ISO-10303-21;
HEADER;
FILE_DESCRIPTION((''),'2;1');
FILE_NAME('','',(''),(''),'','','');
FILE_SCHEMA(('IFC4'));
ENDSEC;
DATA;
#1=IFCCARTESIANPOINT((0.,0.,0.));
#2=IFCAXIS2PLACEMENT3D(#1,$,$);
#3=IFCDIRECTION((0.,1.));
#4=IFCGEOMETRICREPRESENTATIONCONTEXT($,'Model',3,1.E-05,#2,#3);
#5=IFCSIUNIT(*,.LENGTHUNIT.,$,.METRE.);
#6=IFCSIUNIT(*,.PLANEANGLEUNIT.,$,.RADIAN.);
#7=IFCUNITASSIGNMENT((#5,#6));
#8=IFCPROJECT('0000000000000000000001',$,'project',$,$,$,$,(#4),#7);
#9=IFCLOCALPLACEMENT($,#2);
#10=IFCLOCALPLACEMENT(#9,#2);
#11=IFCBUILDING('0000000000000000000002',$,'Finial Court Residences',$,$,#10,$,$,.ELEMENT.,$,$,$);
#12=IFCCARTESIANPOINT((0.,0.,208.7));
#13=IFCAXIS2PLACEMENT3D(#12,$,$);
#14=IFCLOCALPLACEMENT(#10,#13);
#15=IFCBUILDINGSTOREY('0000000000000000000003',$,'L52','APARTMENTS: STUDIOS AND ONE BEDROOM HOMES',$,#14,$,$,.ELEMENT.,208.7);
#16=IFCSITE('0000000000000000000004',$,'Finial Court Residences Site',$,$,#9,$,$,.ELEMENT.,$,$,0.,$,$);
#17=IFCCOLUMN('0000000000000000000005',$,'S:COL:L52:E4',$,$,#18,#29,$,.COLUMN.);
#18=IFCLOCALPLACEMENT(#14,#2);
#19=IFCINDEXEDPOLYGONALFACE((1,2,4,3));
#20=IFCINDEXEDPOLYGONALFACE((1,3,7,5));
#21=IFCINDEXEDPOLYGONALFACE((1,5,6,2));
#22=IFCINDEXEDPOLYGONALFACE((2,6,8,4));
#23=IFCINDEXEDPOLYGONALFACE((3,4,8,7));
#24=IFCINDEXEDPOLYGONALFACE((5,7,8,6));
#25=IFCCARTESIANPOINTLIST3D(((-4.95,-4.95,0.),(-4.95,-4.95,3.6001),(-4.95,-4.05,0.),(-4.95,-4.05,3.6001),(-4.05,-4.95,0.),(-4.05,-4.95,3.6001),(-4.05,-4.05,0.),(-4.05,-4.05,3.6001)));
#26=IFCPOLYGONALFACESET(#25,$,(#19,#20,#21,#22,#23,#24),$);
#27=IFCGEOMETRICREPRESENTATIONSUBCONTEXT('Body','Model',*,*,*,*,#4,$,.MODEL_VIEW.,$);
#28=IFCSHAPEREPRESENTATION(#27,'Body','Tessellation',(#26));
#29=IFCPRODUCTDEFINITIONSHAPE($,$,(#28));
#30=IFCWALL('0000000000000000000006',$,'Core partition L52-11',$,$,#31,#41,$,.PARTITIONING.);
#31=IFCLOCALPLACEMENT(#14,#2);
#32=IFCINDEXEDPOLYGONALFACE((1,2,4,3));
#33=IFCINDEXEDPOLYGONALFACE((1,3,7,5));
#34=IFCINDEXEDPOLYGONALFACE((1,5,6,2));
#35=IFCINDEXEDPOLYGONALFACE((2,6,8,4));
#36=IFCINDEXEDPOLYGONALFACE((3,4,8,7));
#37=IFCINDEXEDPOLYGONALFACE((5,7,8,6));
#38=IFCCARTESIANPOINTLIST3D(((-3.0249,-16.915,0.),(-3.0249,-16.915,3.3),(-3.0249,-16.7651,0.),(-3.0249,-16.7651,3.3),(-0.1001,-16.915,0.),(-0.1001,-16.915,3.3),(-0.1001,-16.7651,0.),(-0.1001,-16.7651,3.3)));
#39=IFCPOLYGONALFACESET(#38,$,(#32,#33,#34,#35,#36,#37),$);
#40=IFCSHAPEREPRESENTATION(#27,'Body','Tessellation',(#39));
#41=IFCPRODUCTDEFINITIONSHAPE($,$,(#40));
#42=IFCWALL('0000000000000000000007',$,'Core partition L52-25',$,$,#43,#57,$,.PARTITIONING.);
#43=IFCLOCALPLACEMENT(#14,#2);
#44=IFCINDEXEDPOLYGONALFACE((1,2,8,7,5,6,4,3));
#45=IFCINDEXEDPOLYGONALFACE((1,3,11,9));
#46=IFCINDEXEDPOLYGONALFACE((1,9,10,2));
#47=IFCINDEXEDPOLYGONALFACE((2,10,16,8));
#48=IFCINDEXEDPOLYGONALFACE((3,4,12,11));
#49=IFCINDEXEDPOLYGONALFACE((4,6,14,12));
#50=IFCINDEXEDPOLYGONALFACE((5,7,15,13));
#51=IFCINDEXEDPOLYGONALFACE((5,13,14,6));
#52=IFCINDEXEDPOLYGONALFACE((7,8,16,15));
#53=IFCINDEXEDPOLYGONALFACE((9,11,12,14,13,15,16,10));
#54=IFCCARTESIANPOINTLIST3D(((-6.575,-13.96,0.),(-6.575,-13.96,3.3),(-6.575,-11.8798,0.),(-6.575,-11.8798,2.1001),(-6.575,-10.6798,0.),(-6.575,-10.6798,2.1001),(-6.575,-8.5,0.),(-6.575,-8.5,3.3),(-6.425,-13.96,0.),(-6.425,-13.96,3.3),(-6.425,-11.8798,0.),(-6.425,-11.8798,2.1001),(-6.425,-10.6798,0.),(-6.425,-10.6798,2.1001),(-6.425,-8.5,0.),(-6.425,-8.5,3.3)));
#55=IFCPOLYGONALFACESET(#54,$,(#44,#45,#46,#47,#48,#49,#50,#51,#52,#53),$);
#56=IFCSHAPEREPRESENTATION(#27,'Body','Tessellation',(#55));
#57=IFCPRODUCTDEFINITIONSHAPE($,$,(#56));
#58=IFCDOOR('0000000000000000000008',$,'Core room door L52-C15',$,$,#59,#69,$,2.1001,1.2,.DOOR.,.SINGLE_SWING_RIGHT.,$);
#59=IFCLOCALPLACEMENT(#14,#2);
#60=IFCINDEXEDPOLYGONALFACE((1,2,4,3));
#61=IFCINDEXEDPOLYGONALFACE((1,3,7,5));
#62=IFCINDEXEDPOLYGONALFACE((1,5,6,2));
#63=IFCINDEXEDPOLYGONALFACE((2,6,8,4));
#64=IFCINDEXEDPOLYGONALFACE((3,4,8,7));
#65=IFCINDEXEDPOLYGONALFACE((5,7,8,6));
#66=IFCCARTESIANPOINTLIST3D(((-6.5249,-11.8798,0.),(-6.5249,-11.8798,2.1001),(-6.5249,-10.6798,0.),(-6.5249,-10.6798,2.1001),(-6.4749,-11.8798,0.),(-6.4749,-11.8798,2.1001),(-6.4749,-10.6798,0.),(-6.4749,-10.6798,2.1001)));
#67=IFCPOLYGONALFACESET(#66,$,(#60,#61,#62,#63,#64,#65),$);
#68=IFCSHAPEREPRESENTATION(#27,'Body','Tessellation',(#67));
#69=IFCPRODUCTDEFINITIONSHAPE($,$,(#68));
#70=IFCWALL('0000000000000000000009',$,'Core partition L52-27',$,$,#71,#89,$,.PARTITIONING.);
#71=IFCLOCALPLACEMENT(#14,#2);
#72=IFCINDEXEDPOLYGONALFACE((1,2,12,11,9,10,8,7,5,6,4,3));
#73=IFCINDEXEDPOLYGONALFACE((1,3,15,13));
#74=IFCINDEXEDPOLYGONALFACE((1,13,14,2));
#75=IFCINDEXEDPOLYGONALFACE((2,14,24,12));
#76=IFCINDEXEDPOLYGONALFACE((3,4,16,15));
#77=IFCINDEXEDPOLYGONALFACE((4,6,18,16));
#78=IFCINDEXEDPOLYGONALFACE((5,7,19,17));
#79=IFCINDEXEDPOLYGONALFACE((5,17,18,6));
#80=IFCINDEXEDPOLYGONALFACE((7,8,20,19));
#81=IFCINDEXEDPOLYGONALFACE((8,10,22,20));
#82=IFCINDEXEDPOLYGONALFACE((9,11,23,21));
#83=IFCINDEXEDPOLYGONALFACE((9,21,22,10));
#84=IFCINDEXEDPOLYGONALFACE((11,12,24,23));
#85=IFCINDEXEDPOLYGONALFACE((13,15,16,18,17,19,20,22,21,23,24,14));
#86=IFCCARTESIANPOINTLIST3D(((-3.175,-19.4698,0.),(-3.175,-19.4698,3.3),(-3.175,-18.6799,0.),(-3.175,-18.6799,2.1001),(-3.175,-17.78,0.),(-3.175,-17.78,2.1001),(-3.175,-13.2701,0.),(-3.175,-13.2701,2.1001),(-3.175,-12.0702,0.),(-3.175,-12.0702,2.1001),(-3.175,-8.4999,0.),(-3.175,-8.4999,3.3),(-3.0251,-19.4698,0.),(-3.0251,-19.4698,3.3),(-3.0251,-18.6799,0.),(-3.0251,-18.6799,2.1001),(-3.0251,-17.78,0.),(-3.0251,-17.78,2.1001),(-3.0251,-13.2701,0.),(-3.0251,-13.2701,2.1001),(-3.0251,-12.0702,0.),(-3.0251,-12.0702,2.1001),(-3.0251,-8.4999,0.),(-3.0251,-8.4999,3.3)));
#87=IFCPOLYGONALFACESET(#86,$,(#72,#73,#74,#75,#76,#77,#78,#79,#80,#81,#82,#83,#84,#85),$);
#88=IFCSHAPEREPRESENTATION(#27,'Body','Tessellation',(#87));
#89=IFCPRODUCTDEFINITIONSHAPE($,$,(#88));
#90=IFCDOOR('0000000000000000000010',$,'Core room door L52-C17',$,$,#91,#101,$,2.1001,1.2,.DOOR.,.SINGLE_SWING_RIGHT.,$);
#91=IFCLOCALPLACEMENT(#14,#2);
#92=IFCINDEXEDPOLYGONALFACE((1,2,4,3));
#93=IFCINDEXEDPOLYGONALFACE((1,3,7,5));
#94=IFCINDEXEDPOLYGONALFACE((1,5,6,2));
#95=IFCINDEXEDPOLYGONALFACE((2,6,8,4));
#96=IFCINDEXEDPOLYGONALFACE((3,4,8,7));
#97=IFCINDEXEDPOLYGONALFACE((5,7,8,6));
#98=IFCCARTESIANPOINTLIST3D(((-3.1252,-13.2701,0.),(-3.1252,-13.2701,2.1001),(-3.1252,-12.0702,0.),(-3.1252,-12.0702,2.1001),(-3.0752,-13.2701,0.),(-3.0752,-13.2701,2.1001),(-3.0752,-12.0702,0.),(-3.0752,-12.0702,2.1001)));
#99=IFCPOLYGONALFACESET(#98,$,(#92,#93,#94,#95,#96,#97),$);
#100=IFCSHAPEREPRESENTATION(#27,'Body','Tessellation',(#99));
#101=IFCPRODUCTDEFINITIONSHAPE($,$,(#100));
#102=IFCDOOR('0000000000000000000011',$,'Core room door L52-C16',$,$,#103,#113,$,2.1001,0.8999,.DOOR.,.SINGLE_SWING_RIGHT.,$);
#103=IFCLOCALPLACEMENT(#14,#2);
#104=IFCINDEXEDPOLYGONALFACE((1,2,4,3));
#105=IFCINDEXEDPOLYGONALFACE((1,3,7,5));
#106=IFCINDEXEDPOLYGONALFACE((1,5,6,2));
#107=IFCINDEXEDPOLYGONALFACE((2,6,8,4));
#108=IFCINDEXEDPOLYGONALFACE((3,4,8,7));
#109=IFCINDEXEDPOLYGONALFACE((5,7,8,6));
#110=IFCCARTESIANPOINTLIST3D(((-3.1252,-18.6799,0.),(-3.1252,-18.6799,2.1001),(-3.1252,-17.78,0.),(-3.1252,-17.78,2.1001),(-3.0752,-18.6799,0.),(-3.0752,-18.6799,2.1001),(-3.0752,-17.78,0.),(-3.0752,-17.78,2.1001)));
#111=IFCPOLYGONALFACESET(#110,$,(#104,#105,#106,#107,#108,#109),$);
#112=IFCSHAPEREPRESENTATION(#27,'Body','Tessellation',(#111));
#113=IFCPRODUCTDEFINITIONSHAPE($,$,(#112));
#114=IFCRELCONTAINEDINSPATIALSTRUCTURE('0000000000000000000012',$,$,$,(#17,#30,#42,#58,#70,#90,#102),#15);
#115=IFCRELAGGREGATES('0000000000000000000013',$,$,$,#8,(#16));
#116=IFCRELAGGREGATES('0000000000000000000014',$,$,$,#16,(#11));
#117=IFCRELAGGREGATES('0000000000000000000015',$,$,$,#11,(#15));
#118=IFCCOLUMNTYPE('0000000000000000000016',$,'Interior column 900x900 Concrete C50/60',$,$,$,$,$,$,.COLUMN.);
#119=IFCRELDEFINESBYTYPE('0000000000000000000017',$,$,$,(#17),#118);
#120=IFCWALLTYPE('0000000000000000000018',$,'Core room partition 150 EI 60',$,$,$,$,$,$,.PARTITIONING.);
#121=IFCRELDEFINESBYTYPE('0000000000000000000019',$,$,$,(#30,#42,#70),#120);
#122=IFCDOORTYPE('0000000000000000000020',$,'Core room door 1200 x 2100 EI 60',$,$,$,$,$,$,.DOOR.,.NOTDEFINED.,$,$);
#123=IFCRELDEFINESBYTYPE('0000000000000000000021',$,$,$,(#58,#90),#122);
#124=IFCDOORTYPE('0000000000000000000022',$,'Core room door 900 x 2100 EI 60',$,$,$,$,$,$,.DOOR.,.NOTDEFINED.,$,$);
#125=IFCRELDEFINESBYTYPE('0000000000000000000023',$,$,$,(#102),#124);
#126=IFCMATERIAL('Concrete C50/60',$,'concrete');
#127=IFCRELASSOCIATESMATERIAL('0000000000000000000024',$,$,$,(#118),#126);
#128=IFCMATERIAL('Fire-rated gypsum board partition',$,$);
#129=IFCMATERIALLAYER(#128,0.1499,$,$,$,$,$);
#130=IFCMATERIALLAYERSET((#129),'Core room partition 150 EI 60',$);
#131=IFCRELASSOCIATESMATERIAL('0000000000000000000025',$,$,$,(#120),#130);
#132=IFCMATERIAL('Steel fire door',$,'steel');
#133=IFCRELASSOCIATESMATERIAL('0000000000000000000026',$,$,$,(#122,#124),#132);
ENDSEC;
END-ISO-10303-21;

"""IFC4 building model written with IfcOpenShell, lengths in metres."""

from ifc_helpers import new_model, si_unit, direction, frame, frame_2d, origin, origin_2d, place, context, subcontext, project, spatial, rectangle, extrude, material, layer, layer_set, material_profile, profile_set, type_object, element, fill, save


model = new_model("IFC4")

# Units and contexts
model_context = context("Model", 3, precision=1e-05, world=origin(), true_north=direction((0.0, 1.0)))
body_context = subcontext(model_context, "Body", "Model", "MODEL_VIEW")
ifc_project = project(units=[si_unit("LENGTHUNIT", "METRE"), si_unit("PLANEANGLEUNIT", "RADIAN")], contexts=[model_context])

# Site, building, storey
site_placement = place(None, origin())
site = spatial("IfcSite", under=ifc_project, at=site_placement, Name="Finial Court Residences Site", CompositionType="ELEMENT", RefElevation=0.0)
building_placement = place(site_placement, origin())
building = spatial("IfcBuilding", under=site, at=building_placement, Name="Finial Court Residences", CompositionType="ELEMENT")
storey_placement = place(building_placement, frame((0.0, 0.0, 208.7)))
storey = spatial("IfcBuildingStorey", under=building, at=storey_placement, Name="L52", Description="APARTMENTS: STUDIOS AND ONE BEDROOM HOMES", CompositionType="ELEMENT", Elevation=208.7)

# Column
ifc_material_1 = material(Name="Concrete C50/60", Category="concrete")
ifc_material_profile = material_profile(ifc_material_1, rectangle(XDim=0.8999, YDim=0.8999, at=origin_2d()), Name="900x900")
ifc_profile_set = profile_set([ifc_material_profile], Name="Concrete C50/60")
column_type = type_object("IfcColumnType", Name="Interior column 900x900 Concrete C50/60", PredefinedType="COLUMN", material=ifc_profile_set)
column_placement = place(storey_placement, frame((-4.5, -4.5, 0.0), z_axis=(0.0, 0.0, 1.0), x_axis=(1.0, 0.0, 0.0)))
element("IfcColumn", 1, at=column_placement, inside=storey, type_object=column_type, Name="S:COL:L52:E4", PredefinedType="COLUMN", context=body_context, shape_type="SweptSolid", body=[
    extrude(rectangle(XDim=0.8999, YDim=0.8999, at=origin_2d()), origin(), (0.0, 0.0, 1.0), 3.6001),
])

# Wall
ifc_material_2 = material(Name="Fire-rated gypsum board partition")
ifc_layer_1 = layer(ifc_material_2, 0.1499)
ifc_layer_set_1 = layer_set([ifc_layer_1], Name="Core room partition 150 EI 60")
wall_type_1 = type_object("IfcWallType", Name="Core room partition 150 EI 60", PredefinedType="PARTITIONING", material=ifc_layer_set_1)
wall_1_placement = place(storey_placement, frame((-3.0249, -16.8401, 0.0), z_axis=(0.0, 0.0, 1.0), x_axis=(1.0, 0.0, 0.0)))
element("IfcWall", 2, at=wall_1_placement, inside=storey, type_object=wall_type_1, Name="Core partition L52-11", PredefinedType="PARTITIONING", context=body_context, shape_type="SweptSolid", body=[
    extrude(rectangle(XDim=2.9248, YDim=0.1499, at=frame_2d((1.4624, 0.0))), origin(), (0.0, 0.0, 1.0), 3.3),
])

# Wall, opening, door
wall_2_placement = place(storey_placement, frame((-6.5, -13.96, 0.0), z_axis=(0.0, 0.0, 1.0), x_axis=(0.0, 1.0, 0.0)))
wall_2 = element("IfcWall", 3, at=wall_2_placement, inside=storey, type_object=wall_type_1, Name="Core partition L52-25", PredefinedType="PARTITIONING", context=body_context, shape_type="SweptSolid", body=[
    extrude(rectangle(XDim=5.46, YDim=0.1499, at=frame_2d((2.73, 0.0))), origin(), (0.0, 0.0, 1.0), 3.3),
])
opening_1_placement = place(wall_2_placement, frame((2.0801, 0.0, 0.0)))
opening_1 = element("IfcOpeningElement", 4, at=opening_1_placement, cuts=wall_2, PredefinedType="OPENING", context=body_context, shape_type="SweptSolid", body=[
    extrude(rectangle(XDim=1.2, YDim=2.1001, at=frame_2d((0.6001, 1.05))), frame((0.0, 0.085, 0.0), z_axis=(0.0, -1.0, 0.0), x_axis=(1.0, 0.0, 0.0)), (0.0, 0.0, 1.0), 0.1699),
])
ifc_material_3 = material(Name="Steel fire door", Category="steel")
door_type_1 = type_object("IfcDoorType", Name="Core room door 1200 x 2100 EI 60", OperationType="NOTDEFINED", PredefinedType="DOOR", material=ifc_material_3)
door_1_placement = place(opening_1_placement, origin())
door_1 = element("IfcDoor", 5, at=door_1_placement, inside=storey, type_object=door_type_1, Name="Core room door L52-C15", OperationType="SINGLE_SWING_RIGHT", OverallHeight=2.1001, OverallWidth=1.2, PredefinedType="DOOR", context=body_context, shape_type="SweptSolid", body=[
    extrude(rectangle(XDim=1.2, YDim=2.1001, at=frame_2d((0.6001, 1.05))), frame((0.0, 0.0249, 0.0), z_axis=(0.0, -1.0, 0.0), x_axis=(1.0, 0.0, 0.0)), (0.0, 0.0, 1.0), 0.05),
])
fill(opening_1, door_1)

# Wall, openings, doors
wall_3_placement = place(storey_placement, frame((-3.1001, -8.5, 0.0), z_axis=(0.0, 0.0, 1.0), x_axis=(0.0, -1.0, 0.0)))
wall_3 = element("IfcWall", 6, at=wall_3_placement, inside=storey, type_object=wall_type_1, Name="Core partition L52-27", PredefinedType="PARTITIONING", context=body_context, shape_type="SweptSolid", body=[
    extrude(rectangle(XDim=10.97, YDim=0.1499, at=frame_2d((5.4849, 0.0))), origin(), (0.0, 0.0, 1.0), 3.3),
])
opening_2_placement = place(wall_3_placement, frame((9.28, 0.0, 0.0)))
opening_2 = element("IfcOpeningElement", 7, at=opening_2_placement, cuts=wall_3, PredefinedType="OPENING", context=body_context, shape_type="SweptSolid", body=[
    extrude(rectangle(XDim=0.8999, YDim=2.1001, at=frame_2d((0.45, 1.05))), frame((0.0, 0.085, 0.0), z_axis=(0.0, -1.0, 0.0), x_axis=(1.0, 0.0, 0.0)), (0.0, 0.0, 1.0), 0.1699),
])
opening_3_placement = place(wall_3_placement, frame((3.5701, 0.0, 0.0)))
opening_3 = element("IfcOpeningElement", 8, at=opening_3_placement, cuts=wall_3, PredefinedType="OPENING", context=body_context, shape_type="SweptSolid", body=[
    extrude(rectangle(XDim=1.2, YDim=2.1001, at=frame_2d((0.6001, 1.05))), frame((0.0, 0.085, 0.0), z_axis=(0.0, -1.0, 0.0), x_axis=(1.0, 0.0, 0.0)), (0.0, 0.0, 1.0), 0.1699),
])
door_2_placement = place(opening_3_placement, origin())
door_2 = element("IfcDoor", 9, at=door_2_placement, inside=storey, type_object=door_type_1, Name="Core room door L52-C17", OperationType="SINGLE_SWING_RIGHT", OverallHeight=2.1001, OverallWidth=1.2, PredefinedType="DOOR", context=body_context, shape_type="SweptSolid", body=[
    extrude(rectangle(XDim=1.2, YDim=2.1001, at=frame_2d((0.6001, 1.05))), frame((0.0, 0.0249, 0.0), z_axis=(0.0, -1.0, 0.0), x_axis=(1.0, 0.0, 0.0)), (0.0, 0.0, 1.0), 0.05),
])
fill(opening_3, door_2)
door_type_2 = type_object("IfcDoorType", Name="Core room door 900 x 2100 EI 60", OperationType="NOTDEFINED", PredefinedType="DOOR", material=ifc_material_3)
door_3_placement = place(opening_2_placement, origin())
door_3 = element("IfcDoor", 10, at=door_3_placement, inside=storey, type_object=door_type_2, Name="Core room door L52-C16", OperationType="SINGLE_SWING_RIGHT", OverallHeight=2.1001, OverallWidth=0.8999, PredefinedType="DOOR", context=body_context, shape_type="SweptSolid", body=[
    extrude(rectangle(XDim=0.8999, YDim=2.1001, at=frame_2d((0.45, 1.05))), frame((0.0, 0.0249, 0.0), z_axis=(0.0, -1.0, 0.0), x_axis=(1.0, 0.0, 0.0)), (0.0, 0.0, 1.0), 0.05),
])
fill(opening_2, door_3)

save(model, "model.ifc")
